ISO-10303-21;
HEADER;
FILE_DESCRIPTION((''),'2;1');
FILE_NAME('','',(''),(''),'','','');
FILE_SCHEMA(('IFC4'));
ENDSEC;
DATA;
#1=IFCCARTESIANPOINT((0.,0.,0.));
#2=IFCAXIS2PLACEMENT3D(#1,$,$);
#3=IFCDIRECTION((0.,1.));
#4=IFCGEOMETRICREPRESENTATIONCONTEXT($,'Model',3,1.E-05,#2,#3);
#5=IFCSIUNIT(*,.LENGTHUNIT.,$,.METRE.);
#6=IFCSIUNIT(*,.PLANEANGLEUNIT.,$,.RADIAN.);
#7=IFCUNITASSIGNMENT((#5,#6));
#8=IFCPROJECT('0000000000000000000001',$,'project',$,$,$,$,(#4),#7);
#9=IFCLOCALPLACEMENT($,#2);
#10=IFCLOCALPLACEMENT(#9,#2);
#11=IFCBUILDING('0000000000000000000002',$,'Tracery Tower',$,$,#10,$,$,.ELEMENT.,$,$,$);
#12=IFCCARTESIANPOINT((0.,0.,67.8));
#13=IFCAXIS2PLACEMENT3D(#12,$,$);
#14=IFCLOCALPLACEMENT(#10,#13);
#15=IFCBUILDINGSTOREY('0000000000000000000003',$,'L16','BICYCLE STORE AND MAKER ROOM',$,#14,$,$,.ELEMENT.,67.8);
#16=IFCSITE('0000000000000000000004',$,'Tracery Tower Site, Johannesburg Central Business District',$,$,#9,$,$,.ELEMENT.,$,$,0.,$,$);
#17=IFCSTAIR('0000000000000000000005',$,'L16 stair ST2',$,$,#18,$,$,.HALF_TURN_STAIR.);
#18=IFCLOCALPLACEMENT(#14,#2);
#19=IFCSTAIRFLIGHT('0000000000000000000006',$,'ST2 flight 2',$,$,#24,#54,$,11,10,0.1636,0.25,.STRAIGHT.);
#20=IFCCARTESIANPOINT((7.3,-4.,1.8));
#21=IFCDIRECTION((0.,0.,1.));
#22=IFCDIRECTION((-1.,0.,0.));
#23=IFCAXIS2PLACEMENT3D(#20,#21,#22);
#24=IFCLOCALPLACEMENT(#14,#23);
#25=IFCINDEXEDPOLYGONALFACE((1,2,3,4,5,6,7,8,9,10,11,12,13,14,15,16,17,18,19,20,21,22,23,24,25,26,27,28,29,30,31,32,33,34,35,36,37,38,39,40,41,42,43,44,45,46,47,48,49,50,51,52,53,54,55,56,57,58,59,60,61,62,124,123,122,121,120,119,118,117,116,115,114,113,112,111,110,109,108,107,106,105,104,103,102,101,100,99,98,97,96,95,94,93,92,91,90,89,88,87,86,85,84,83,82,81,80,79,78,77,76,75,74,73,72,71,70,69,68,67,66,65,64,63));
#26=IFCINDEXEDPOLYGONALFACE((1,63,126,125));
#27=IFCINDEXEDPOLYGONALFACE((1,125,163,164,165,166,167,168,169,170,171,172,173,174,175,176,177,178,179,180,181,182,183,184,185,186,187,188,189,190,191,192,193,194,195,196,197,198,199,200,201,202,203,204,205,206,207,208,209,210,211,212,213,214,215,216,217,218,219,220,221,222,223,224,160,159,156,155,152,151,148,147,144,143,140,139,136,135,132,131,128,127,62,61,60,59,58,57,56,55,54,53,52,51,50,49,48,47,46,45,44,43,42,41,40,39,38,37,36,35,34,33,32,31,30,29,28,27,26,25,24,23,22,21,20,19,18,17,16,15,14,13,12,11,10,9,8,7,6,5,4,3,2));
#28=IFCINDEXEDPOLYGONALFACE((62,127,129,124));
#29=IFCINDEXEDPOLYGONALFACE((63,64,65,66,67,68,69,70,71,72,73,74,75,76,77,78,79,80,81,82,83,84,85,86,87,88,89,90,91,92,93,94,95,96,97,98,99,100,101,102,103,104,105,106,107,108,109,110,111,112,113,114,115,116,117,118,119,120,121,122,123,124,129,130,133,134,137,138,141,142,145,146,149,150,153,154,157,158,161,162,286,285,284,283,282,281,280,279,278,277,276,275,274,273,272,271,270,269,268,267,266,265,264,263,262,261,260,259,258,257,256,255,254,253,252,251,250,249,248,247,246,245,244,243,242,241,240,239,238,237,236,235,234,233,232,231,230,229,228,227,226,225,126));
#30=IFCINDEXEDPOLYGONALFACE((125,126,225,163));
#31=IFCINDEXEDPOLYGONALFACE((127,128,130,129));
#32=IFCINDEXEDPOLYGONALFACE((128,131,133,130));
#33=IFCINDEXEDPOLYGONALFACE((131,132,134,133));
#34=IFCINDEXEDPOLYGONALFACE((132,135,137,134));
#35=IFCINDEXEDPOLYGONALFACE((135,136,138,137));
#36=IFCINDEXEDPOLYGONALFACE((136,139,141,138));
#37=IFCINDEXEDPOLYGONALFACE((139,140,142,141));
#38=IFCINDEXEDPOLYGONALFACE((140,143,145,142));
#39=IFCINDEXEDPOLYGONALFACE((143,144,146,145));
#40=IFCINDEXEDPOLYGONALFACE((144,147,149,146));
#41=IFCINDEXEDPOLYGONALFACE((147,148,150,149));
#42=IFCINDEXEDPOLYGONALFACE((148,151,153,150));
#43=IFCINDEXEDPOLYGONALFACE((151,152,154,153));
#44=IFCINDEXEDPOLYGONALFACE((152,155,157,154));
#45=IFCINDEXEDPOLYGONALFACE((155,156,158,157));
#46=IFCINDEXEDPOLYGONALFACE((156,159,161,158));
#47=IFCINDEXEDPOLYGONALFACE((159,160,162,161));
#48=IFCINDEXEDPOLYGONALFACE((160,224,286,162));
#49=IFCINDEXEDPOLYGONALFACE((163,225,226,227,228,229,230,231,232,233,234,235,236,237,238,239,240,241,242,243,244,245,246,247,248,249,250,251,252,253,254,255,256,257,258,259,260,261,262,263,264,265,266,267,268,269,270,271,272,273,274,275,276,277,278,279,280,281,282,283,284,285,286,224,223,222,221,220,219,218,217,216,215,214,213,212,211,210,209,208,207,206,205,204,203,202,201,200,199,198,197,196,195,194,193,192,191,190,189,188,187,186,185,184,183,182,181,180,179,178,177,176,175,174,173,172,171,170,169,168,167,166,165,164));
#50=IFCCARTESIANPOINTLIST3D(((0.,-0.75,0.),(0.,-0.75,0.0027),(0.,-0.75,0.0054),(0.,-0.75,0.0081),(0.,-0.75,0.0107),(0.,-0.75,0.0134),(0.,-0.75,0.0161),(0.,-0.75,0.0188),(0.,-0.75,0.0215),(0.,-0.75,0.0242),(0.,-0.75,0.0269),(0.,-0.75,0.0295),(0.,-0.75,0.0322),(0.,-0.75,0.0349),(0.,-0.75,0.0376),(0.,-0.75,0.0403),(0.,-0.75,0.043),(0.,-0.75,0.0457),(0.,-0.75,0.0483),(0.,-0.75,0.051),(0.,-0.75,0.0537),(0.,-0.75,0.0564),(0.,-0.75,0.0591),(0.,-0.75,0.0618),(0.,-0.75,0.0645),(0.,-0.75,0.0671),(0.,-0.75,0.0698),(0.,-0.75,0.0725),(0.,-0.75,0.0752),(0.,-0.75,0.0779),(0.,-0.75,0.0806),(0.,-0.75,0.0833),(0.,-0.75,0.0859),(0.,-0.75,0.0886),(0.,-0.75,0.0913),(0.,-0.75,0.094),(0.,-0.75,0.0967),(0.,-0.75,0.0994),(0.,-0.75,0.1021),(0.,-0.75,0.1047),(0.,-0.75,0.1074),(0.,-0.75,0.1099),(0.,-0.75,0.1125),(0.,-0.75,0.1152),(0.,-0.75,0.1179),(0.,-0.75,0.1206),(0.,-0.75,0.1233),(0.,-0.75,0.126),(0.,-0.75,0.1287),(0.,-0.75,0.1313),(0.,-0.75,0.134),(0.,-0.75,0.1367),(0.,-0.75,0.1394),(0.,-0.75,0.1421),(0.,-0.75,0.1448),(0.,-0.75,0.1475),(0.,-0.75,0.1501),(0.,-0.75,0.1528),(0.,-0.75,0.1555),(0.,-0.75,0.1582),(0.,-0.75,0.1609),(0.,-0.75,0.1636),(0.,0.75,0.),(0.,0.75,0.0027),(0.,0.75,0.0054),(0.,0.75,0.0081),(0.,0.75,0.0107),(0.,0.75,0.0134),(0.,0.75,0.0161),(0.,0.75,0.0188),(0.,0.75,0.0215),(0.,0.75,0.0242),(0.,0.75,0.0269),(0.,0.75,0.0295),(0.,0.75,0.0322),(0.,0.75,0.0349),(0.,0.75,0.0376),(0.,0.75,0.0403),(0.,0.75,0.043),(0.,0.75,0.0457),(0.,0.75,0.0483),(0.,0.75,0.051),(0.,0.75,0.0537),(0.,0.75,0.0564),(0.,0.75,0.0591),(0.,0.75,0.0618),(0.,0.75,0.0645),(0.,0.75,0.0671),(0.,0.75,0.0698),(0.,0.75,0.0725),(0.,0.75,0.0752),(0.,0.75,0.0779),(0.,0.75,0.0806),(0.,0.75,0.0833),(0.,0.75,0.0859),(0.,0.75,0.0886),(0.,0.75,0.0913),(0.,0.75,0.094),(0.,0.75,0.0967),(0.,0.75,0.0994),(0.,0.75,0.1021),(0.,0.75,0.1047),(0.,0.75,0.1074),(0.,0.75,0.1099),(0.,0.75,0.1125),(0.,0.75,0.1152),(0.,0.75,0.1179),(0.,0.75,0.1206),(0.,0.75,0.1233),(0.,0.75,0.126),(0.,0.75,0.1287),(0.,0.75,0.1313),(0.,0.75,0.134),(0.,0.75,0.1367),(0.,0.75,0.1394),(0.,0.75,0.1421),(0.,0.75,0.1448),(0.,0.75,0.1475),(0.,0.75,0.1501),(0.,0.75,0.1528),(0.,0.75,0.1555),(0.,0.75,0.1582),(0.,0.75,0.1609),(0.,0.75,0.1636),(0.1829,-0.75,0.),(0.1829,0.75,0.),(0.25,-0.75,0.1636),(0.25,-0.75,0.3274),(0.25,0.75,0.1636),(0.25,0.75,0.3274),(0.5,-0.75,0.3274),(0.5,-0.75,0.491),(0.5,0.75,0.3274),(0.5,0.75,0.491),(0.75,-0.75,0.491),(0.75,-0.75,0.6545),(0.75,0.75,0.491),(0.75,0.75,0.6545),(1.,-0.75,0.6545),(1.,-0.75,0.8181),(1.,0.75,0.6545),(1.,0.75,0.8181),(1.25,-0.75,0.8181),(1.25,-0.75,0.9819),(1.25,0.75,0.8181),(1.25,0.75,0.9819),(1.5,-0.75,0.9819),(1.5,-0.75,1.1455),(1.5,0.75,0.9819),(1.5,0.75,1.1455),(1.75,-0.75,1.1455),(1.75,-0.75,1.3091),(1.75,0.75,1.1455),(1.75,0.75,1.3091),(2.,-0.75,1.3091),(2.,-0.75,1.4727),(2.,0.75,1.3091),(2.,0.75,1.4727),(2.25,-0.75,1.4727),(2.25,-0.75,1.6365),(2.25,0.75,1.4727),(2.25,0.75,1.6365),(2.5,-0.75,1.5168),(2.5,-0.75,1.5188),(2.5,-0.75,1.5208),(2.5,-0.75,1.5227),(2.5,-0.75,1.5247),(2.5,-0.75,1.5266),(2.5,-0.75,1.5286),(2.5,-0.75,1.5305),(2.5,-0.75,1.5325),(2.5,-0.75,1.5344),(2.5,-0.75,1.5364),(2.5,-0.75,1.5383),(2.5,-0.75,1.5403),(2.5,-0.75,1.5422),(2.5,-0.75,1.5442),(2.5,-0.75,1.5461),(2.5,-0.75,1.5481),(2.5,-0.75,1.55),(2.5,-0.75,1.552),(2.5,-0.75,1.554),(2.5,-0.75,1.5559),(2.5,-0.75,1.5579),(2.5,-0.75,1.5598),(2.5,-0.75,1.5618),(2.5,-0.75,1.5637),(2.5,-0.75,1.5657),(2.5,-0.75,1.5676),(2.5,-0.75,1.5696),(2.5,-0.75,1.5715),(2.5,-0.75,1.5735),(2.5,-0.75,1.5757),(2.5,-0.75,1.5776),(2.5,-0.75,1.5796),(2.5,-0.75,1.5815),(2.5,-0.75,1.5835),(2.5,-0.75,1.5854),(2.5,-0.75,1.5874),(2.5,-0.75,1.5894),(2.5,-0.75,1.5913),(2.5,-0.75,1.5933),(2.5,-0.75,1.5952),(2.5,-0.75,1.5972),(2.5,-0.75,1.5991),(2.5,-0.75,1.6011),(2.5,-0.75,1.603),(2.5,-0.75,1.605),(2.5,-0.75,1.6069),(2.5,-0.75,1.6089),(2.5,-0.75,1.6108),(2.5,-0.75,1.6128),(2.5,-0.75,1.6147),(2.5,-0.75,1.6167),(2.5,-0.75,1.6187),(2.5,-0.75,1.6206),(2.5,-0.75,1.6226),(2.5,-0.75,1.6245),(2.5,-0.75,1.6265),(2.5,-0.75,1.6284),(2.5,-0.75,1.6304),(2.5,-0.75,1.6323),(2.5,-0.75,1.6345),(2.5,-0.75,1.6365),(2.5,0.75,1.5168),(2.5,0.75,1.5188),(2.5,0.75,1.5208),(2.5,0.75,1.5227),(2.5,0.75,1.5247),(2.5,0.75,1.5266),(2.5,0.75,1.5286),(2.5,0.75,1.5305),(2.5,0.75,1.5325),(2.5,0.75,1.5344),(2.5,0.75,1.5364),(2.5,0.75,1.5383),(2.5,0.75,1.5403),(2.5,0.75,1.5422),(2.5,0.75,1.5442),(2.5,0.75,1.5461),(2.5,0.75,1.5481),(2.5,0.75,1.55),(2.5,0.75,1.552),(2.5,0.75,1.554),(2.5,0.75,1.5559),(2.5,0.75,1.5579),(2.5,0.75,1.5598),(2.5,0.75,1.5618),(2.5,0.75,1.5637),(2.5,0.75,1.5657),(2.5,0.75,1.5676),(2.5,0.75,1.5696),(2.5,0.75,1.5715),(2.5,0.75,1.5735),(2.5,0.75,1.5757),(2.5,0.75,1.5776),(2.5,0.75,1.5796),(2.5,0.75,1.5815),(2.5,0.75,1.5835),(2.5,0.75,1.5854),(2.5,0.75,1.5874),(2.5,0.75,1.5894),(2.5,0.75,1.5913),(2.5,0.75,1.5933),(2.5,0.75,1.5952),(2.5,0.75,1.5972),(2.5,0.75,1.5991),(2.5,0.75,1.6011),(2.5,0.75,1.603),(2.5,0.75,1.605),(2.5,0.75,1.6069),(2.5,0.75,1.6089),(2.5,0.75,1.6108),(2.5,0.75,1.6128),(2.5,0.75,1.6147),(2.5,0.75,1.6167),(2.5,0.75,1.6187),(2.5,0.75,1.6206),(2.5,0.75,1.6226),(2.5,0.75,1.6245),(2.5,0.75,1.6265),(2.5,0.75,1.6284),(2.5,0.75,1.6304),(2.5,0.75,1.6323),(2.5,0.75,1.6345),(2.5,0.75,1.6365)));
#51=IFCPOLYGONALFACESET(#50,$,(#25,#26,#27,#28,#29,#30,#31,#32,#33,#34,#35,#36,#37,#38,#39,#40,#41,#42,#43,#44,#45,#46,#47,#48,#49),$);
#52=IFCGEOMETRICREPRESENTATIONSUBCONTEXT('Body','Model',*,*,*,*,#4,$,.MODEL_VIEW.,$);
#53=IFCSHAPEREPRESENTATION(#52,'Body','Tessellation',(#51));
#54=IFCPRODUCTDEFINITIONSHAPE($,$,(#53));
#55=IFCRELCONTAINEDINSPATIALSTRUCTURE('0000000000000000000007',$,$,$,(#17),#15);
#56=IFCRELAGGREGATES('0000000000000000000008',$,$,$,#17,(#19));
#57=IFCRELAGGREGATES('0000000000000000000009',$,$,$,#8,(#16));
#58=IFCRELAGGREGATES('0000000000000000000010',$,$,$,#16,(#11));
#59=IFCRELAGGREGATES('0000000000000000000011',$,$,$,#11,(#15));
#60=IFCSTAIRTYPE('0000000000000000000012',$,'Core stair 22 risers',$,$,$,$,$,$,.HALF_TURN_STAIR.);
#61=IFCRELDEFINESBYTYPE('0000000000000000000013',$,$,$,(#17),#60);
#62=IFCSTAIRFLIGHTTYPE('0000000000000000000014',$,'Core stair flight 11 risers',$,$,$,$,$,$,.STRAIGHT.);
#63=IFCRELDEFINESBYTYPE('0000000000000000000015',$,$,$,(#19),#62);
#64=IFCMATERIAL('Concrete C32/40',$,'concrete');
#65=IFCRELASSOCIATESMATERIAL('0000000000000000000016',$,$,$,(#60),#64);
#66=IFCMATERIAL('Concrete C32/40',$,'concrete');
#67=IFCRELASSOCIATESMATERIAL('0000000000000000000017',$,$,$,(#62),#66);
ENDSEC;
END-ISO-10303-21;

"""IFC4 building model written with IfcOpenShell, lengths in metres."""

from ifc_helpers import new_model, si_unit, direction, frame, origin, place, context, subcontext, project, spatial, polyline, outline, extrude, material, type_object, element, aggregate, save


model = new_model("IFC4")

# Units and contexts
model_context = context("Model", 3, precision=1e-05, world=origin(), true_north=direction((0.0, 1.0)))
body_context = subcontext(model_context, "Body", "Model", "MODEL_VIEW")
ifc_project = project(units=[si_unit("LENGTHUNIT", "METRE"), si_unit("PLANEANGLEUNIT", "RADIAN")], contexts=[model_context])

# Site, building, storey
site_placement = place(None, origin())
site = spatial("IfcSite", under=ifc_project, at=site_placement, Name="Tracery Tower Site, Johannesburg Central Business District", CompositionType="ELEMENT", RefElevation=0.0)
building_placement = place(site_placement, origin())
building = spatial("IfcBuilding", under=site, at=building_placement, Name="Tracery Tower", CompositionType="ELEMENT")
storey_placement = place(building_placement, frame((0.0, 0.0, 67.8)))
storey = spatial("IfcBuildingStorey", under=building, at=storey_placement, Name="L16", Description="BICYCLE STORE AND MAKER ROOM", CompositionType="ELEMENT", Elevation=67.8)

# Stair, stair flight
ifc_material_1 = material(Name="Concrete C32/40", Category="concrete")
stair_type = type_object("IfcStairType", Name="Core stair 22 risers", PredefinedType="HALF_TURN_STAIR", material=ifc_material_1)
stair_placement = place(storey_placement, origin())
stair = element("IfcStair", 1, at=stair_placement, inside=storey, type_object=stair_type, Name="L16 stair ST2", PredefinedType="HALF_TURN_STAIR")
ifc_material_2 = material(Name="Concrete C32/40", Category="concrete")
stair_flight_type = type_object("IfcStairFlightType", Name="Core stair flight 11 risers", PredefinedType="STRAIGHT", material=ifc_material_2)
stair_flight_1_placement = place(storey_placement, frame((7.3, -4.0, 1.8), z_axis=(0.0, 0.0, 1.0), x_axis=(-1.0, 0.0, 0.0)))
stair_flight_1 = element("IfcStairFlight", 2, at=stair_flight_1_placement, type_object=stair_flight_type, Name="ST2 flight 2", NumberOfRisers=11, NumberOfTreads=10, PredefinedType="STRAIGHT", RiserHeight=0.1636, TreadLength=0.25, context=body_context, shape_type="SweptSolid", body=[
    extrude(outline(polyline([(0.0, 0.0), (0.0, 0.0027), (0.0, 0.0054), (0.0, 0.0081), (0.0, 0.0107), (0.0, 0.0134), (0.0, 0.0161), (0.0, 0.0188), (0.0, 0.0215), (0.0, 0.0242), (0.0, 0.0269), (0.0, 0.0295), (0.0, 0.0322), (0.0, 0.0349), (0.0, 0.0376), (0.0, 0.0403), (0.0, 0.043), (0.0, 0.0457), (0.0, 0.0483), (0.0, 0.051), (0.0, 0.0537), (0.0, 0.0564), (0.0, 0.0591), (0.0, 0.0618), (0.0, 0.0645), (0.0, 0.0671), (0.0, 0.0698), (0.0, 0.0725), (0.0, 0.0752), (0.0, 0.0779), (0.0, 0.0806), (0.0, 0.0833), (0.0, 0.0859), (0.0, 0.0886), (0.0, 0.0913), (0.0, 0.094), (0.0, 0.0967), (0.0, 0.0994), (0.0, 0.1021), (0.0, 0.1047), (0.0, 0.1074), (0.0, 0.1099), (0.0, 0.1125), (0.0, 0.1152), (0.0, 0.1179), (0.0, 0.1206), (0.0, 0.1233), (0.0, 0.126), (0.0, 0.1287), (0.0, 0.1313), (0.0, 0.134), (0.0, 0.1367), (0.0, 0.1394), (0.0, 0.1421), (0.0, 0.1448), (0.0, 0.1475), (0.0, 0.1501), (0.0, 0.1528), (0.0, 0.1555), (0.0, 0.1582), (0.0, 0.1609), (0.0, 0.1636), (0.25, 0.1636), (0.25, 0.3274), (0.5, 0.3274), (0.5, 0.491), (0.75, 0.491), (0.75, 0.6545), (1.0, 0.6545), (1.0, 0.8181), (1.25, 0.8181), (1.25, 0.9819), (1.5, 0.9819), (1.5, 1.1455), (1.75, 1.1455), (1.75, 1.3091), (2.0, 1.3091), (2.0, 1.4727), (2.25, 1.4727), (2.25, 1.6365), (2.5, 1.6365), (2.5, 1.6345), (2.5, 1.6323), (2.5, 1.6304), (2.5, 1.6284), (2.5, 1.6265), (2.5, 1.6245), (2.5, 1.6226), (2.5, 1.6206), (2.5, 1.6187), (2.5, 1.6167), (2.5, 1.6147), (2.5, 1.6128), (2.5, 1.6108), (2.5, 1.6089), (2.5, 1.6069), (2.5, 1.605), (2.5, 1.603), (2.5, 1.6011), (2.5, 1.5991), (2.5, 1.5972), (2.5, 1.5952), (2.5, 1.5933), (2.5, 1.5913), (2.5, 1.5894), (2.5, 1.5874), (2.5, 1.5854), (2.5, 1.5835), (2.5, 1.5815), (2.5, 1.5796), (2.5, 1.5776), (2.5, 1.5757), (2.5, 1.5735), (2.5, 1.5715), (2.5, 1.5696), (2.5, 1.5676), (2.5, 1.5657), (2.5, 1.5637), (2.5, 1.5618), (2.5, 1.5598), (2.5, 1.5579), (2.5, 1.5559), (2.5, 1.554), (2.5, 1.552), (2.5, 1.55), (2.5, 1.5481), (2.5, 1.5461), (2.5, 1.5442), (2.5, 1.5422), (2.5, 1.5403), (2.5, 1.5383), (2.5, 1.5364), (2.5, 1.5344), (2.5, 1.5325), (2.5, 1.5305), (2.5, 1.5286), (2.5, 1.5266), (2.5, 1.5247), (2.5, 1.5227), (2.5, 1.5208), (2.5, 1.5188), (2.5, 1.5168), (0.1829, 0.0), (0.0, 0.0)])), frame((0.0, 0.75, 0.0), z_axis=(0.0, -1.0, 0.0), x_axis=(1.0, 0.0, 0.0)), (0.0, 0.0, 1.0), 1.5),
])
aggregate(stair, [stair_flight_1])

save(model, "model.ifc")
